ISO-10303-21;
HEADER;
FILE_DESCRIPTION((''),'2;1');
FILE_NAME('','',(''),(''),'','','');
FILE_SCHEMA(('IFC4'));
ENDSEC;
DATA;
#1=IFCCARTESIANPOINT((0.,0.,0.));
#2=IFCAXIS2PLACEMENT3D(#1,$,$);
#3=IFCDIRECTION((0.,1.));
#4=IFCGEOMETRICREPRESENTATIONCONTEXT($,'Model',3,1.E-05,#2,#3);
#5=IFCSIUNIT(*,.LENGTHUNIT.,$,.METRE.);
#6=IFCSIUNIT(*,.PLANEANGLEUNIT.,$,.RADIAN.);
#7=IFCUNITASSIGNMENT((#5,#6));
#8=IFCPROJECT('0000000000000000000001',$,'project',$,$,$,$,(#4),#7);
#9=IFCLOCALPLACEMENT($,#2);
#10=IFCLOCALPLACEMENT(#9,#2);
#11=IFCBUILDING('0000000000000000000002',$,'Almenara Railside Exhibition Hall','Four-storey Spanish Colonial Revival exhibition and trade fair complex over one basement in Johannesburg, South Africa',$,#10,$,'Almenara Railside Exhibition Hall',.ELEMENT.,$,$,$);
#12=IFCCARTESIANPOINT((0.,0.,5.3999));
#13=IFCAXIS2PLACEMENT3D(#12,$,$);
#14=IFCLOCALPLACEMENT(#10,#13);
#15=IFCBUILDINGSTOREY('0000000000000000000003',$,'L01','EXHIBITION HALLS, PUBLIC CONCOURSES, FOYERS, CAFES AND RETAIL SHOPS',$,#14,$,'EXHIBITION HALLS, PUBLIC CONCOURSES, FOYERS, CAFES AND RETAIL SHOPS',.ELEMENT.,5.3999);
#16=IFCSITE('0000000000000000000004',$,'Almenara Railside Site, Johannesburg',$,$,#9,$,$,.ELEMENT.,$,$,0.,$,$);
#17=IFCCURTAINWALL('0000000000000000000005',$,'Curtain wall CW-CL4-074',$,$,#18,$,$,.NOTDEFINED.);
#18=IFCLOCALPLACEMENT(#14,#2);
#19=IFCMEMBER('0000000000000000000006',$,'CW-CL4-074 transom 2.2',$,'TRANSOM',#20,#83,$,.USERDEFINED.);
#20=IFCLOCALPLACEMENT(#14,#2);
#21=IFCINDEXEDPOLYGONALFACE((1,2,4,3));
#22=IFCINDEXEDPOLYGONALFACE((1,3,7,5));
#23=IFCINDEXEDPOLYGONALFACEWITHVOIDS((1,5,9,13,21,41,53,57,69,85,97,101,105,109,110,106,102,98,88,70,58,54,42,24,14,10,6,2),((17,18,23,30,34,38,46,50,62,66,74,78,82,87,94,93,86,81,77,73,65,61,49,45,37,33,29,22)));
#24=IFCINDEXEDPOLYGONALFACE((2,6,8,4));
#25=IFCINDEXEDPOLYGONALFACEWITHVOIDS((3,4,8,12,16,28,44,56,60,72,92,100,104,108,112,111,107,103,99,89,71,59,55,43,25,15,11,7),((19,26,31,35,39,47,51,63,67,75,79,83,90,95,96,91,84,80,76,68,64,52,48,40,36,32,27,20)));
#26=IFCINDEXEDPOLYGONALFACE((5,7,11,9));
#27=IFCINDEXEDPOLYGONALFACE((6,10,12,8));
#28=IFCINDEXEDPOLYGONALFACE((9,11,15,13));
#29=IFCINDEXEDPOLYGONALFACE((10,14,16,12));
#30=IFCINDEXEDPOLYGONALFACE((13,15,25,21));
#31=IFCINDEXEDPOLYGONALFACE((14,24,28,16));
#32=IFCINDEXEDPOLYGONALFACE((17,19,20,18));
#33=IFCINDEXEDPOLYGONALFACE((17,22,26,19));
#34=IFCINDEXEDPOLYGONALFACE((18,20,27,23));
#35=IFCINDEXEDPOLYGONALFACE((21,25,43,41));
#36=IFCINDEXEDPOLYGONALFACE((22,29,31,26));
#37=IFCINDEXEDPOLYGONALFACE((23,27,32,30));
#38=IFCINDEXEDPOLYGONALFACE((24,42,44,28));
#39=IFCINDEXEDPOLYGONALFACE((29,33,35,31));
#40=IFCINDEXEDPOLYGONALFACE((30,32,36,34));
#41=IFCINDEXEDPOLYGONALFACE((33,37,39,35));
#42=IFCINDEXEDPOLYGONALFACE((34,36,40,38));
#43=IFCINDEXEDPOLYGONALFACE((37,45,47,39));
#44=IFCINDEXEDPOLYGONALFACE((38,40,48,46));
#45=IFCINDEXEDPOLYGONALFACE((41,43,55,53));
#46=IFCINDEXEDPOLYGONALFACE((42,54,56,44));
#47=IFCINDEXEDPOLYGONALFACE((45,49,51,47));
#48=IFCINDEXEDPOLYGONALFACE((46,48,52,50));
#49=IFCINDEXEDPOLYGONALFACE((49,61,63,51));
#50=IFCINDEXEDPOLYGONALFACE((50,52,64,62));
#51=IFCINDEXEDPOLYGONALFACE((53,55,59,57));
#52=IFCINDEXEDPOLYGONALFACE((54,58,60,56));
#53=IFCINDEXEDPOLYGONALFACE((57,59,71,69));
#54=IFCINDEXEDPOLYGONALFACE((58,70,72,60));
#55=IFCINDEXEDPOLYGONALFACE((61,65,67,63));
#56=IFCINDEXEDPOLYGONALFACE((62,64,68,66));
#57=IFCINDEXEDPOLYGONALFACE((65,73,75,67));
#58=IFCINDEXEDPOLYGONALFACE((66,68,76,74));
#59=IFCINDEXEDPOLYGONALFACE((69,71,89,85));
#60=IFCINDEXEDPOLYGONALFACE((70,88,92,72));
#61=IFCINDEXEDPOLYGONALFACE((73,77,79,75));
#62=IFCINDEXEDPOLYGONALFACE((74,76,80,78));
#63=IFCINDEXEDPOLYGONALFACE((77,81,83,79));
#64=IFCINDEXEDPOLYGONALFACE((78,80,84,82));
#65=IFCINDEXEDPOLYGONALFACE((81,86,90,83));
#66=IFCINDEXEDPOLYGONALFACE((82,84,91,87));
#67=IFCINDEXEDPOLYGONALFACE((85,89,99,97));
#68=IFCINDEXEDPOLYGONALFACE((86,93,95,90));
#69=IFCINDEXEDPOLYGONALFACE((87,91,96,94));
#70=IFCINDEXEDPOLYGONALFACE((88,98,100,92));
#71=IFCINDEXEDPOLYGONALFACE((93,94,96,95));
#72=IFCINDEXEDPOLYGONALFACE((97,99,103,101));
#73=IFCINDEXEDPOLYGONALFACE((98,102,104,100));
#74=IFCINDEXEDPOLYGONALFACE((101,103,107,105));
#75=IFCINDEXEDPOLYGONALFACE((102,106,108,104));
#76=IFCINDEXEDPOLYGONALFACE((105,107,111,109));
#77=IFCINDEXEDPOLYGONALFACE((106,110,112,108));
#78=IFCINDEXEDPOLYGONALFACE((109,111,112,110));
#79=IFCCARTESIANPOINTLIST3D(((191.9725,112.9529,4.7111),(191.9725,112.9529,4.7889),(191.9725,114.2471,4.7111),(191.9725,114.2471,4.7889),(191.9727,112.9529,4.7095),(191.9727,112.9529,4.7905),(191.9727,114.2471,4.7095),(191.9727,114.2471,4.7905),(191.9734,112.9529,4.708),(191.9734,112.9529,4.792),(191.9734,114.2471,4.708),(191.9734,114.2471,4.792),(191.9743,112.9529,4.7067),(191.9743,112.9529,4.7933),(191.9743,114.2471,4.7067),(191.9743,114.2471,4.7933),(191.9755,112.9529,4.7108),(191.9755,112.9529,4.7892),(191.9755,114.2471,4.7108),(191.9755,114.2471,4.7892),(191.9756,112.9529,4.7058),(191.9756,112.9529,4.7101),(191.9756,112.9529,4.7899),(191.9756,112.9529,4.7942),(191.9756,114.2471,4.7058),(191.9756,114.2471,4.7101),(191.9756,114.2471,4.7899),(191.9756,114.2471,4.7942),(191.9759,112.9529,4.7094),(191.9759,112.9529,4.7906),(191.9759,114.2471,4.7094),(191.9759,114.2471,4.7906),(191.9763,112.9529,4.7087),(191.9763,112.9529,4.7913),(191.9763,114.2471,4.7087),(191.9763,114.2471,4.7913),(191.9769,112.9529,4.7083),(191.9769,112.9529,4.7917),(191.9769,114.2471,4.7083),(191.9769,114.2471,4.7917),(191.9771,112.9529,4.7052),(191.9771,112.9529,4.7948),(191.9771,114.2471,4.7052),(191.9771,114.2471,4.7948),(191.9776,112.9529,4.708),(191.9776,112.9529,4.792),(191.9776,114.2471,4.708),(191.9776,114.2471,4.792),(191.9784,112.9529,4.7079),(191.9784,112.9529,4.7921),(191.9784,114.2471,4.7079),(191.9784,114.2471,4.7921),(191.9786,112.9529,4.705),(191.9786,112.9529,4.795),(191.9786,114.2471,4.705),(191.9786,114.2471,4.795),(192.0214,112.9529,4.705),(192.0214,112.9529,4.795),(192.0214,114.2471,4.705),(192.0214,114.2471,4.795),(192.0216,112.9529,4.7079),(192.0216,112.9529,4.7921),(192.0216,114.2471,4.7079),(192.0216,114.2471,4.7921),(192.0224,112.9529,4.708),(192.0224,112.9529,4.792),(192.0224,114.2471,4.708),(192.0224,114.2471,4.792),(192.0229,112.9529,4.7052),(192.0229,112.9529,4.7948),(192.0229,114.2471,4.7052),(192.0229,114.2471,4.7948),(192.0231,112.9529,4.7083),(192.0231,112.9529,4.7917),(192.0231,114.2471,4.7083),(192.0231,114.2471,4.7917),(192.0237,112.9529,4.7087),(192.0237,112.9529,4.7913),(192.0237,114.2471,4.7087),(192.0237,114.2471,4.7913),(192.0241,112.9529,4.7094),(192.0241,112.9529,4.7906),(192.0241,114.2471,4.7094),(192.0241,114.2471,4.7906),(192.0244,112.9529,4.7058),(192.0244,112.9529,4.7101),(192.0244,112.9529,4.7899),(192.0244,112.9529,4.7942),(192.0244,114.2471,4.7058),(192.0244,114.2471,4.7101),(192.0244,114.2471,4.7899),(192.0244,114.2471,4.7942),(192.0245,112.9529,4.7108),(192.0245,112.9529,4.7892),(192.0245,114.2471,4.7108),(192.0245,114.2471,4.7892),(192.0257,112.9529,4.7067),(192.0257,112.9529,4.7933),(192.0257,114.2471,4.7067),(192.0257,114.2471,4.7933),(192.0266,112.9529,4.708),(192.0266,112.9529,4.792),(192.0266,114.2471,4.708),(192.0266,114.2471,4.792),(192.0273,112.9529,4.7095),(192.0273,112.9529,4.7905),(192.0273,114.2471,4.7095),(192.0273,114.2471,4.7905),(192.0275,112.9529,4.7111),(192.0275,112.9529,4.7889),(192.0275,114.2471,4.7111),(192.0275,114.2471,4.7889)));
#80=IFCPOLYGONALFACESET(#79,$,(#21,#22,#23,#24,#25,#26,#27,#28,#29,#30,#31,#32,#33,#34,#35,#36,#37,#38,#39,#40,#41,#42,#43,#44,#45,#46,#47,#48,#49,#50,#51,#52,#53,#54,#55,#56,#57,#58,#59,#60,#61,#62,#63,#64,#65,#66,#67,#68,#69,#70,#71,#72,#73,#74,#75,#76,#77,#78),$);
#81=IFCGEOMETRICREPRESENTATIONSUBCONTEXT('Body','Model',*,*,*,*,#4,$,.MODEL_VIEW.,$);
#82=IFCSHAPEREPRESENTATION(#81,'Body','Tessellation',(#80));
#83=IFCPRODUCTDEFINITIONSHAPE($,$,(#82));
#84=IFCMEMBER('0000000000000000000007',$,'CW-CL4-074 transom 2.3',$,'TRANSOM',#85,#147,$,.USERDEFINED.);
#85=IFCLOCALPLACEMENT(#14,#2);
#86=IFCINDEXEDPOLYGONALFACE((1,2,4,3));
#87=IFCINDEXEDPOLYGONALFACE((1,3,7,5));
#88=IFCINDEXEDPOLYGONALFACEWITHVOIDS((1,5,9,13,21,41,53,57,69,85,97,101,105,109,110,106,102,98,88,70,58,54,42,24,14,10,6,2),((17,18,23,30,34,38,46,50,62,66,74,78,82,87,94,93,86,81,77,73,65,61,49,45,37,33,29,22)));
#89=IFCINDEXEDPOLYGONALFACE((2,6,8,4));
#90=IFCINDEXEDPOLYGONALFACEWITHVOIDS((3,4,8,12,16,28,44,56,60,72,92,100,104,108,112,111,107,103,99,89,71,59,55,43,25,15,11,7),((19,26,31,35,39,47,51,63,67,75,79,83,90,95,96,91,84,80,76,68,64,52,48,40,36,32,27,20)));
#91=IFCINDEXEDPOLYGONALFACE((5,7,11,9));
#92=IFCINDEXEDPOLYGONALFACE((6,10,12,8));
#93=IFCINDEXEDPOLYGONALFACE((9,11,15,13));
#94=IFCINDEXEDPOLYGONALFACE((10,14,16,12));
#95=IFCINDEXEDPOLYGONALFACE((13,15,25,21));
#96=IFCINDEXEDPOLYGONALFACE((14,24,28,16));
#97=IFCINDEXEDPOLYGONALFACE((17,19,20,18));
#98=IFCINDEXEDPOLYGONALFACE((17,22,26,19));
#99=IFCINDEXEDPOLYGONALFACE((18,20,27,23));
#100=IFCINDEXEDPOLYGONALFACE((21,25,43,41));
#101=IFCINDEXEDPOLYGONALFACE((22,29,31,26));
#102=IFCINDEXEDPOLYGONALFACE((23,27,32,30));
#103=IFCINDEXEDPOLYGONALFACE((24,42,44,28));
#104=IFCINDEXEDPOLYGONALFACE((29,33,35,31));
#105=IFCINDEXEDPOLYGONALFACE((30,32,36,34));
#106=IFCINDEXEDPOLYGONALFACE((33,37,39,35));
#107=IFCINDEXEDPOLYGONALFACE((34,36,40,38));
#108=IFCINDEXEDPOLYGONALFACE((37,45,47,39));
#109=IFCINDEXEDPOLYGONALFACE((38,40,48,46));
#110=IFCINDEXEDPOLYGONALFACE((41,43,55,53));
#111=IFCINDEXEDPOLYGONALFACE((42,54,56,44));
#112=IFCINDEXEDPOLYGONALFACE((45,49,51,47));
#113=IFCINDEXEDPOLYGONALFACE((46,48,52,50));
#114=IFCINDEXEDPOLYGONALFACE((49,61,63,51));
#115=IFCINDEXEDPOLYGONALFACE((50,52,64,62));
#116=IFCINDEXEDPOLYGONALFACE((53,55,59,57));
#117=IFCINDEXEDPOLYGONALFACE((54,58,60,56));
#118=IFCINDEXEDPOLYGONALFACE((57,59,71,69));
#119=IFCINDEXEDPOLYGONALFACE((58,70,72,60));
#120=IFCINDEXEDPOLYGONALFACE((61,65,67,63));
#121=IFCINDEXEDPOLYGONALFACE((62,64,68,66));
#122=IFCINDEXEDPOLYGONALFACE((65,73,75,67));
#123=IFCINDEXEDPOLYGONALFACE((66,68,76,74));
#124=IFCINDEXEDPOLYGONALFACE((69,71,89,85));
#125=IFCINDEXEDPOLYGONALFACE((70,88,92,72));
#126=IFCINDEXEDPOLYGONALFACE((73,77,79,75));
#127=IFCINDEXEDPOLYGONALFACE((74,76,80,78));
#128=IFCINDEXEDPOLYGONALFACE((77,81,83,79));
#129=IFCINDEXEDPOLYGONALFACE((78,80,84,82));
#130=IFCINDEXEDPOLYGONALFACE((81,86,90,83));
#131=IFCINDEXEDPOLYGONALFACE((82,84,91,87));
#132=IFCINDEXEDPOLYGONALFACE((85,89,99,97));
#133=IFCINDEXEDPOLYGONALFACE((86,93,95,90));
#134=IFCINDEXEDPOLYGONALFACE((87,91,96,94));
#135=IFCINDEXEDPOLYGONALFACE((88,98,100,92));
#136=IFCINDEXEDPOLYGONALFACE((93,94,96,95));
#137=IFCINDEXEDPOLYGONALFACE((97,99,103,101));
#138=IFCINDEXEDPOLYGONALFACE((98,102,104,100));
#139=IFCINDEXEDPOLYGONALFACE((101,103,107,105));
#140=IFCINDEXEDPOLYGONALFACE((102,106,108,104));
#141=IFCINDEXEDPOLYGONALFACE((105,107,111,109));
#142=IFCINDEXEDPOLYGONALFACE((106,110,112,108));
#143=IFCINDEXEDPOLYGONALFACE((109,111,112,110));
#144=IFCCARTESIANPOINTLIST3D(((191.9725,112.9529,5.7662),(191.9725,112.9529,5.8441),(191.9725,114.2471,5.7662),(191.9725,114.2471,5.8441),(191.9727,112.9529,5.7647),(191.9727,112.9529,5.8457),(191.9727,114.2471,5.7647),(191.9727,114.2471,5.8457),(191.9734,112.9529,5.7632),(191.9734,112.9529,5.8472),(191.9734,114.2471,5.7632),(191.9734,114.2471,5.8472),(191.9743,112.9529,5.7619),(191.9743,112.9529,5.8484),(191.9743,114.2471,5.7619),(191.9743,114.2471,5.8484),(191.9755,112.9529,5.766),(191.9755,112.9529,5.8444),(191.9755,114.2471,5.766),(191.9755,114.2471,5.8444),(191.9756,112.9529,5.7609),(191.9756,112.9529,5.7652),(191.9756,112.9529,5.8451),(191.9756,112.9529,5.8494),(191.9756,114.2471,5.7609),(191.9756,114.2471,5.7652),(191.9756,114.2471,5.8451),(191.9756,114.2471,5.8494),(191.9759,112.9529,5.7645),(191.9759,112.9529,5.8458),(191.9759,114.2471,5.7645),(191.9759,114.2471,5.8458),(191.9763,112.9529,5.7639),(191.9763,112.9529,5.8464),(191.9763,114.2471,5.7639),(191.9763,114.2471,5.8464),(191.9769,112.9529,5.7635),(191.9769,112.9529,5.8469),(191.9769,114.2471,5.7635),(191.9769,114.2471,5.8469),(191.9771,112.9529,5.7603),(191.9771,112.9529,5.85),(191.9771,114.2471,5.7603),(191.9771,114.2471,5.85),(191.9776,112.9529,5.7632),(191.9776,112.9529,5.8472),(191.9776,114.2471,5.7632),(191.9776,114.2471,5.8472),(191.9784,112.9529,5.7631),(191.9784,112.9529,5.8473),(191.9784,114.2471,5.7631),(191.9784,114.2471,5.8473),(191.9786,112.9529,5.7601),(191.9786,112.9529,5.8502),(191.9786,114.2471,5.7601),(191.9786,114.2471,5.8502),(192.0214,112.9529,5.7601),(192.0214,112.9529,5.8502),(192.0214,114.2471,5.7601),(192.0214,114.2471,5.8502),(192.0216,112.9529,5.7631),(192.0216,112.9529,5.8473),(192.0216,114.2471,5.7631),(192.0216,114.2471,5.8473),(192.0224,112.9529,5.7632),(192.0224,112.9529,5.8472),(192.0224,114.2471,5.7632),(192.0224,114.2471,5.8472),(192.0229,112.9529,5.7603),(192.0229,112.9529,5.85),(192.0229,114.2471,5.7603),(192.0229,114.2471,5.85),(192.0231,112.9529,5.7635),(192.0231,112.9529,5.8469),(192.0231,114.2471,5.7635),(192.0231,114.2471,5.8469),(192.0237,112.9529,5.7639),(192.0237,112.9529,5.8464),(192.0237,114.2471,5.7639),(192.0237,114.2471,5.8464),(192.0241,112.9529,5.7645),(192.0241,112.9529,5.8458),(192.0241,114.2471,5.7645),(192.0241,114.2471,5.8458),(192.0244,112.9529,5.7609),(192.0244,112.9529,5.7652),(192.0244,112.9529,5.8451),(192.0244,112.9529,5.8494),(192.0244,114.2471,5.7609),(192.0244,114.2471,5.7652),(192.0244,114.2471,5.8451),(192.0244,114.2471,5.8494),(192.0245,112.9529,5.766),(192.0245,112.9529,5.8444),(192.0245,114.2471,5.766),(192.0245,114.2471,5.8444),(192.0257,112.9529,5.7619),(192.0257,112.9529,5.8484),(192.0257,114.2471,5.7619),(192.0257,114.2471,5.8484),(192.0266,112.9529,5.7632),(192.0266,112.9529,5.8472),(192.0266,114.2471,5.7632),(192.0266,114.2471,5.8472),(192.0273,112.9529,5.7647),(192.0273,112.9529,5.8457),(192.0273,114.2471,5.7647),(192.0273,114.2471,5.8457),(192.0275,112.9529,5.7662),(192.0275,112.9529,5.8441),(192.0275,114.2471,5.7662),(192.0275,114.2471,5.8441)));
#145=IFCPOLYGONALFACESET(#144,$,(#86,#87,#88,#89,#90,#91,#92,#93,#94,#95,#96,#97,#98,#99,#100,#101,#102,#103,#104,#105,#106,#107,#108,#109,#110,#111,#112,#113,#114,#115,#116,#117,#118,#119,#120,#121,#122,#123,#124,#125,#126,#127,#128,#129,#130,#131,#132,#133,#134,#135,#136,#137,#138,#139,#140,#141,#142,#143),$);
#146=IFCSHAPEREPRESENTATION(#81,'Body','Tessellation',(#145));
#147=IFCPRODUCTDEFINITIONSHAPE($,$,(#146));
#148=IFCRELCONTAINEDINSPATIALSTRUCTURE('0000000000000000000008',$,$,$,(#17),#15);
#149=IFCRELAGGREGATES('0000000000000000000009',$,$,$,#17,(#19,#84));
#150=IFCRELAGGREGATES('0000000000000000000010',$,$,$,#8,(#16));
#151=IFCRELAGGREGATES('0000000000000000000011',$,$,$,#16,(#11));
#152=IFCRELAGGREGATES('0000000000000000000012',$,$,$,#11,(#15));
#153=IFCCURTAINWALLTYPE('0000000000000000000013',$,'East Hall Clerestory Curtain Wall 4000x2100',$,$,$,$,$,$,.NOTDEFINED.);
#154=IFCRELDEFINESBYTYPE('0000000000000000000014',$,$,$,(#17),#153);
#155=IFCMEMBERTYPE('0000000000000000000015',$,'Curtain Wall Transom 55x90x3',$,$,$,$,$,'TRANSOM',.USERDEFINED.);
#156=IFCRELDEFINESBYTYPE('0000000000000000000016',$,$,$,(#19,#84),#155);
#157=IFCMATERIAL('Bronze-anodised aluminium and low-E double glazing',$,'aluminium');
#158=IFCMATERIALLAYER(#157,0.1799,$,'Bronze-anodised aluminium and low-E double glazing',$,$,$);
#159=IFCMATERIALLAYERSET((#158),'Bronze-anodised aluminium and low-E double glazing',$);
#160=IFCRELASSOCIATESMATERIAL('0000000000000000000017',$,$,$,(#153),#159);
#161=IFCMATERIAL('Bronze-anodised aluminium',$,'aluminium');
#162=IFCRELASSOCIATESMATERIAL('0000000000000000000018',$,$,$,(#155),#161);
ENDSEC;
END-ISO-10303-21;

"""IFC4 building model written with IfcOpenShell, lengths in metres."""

from ifc_helpers import new_model, si_unit, direction, frame, origin, origin_2d, place, context, subcontext, project, spatial, hollow_rectangle, extrude, material, layer, layer_set, material_profile, profile_set, type_object, element, aggregate, save


model = new_model("IFC4")

# Units and contexts
model_context = context("Model", 3, precision=1e-05, world=origin(), true_north=direction((0.0, 1.0)))
body_context = subcontext(model_context, "Body", "Model", "MODEL_VIEW")
ifc_project = project(units=[si_unit("LENGTHUNIT", "METRE"), si_unit("PLANEANGLEUNIT", "RADIAN")], contexts=[model_context])

# Site, building, storey
site_placement = place(None, origin())
site = spatial("IfcSite", under=ifc_project, at=site_placement, Name="Almenara Railside Site, Johannesburg", CompositionType="ELEMENT", RefElevation=0.0)
building_placement = place(site_placement, origin())
building = spatial("IfcBuilding", under=site, at=building_placement, Name="Almenara Railside Exhibition Hall", Description="Four-storey Spanish Colonial Revival exhibition and trade fair complex over one basement in Johannesburg, South Africa", LongName="Almenara Railside Exhibition Hall", CompositionType="ELEMENT")
storey_placement = place(building_placement, frame((0.0, 0.0, 5.3999)))
storey = spatial("IfcBuildingStorey", under=building, at=storey_placement, Name="L01", Description="EXHIBITION HALLS, PUBLIC CONCOURSES, FOYERS, CAFES AND RETAIL SHOPS", LongName="EXHIBITION HALLS, PUBLIC CONCOURSES, FOYERS, CAFES AND RETAIL SHOPS", CompositionType="ELEMENT", Elevation=5.3999)

# Curtain wall
ifc_material_1 = material(Name="Bronze-anodised aluminium and low-E double glazing", Category="aluminium")
ifc_layer_1 = layer(ifc_material_1, 0.1799, Name="Bronze-anodised aluminium and low-E double glazing")
ifc_layer_set_1 = layer_set([ifc_layer_1], Name="Bronze-anodised aluminium and low-E double glazing")
curtain_wall_type = type_object("IfcCurtainWallType", Name="East Hall Clerestory Curtain Wall 4000x2100", PredefinedType="NOTDEFINED", material=ifc_layer_set_1)
curtain_wall_1_placement = place(storey_placement, origin())
curtain_wall_1 = element("IfcCurtainWall", 1, at=curtain_wall_1_placement, inside=storey, type_object=curtain_wall_type, Name="Curtain wall CW-CL4-074", PredefinedType="NOTDEFINED")
ifc_material_2 = material(Name="Bronze-anodised aluminium", Category="aluminium")

# Members
ifc_material_profile_1 = material_profile(ifc_material_2, hollow_rectangle(XDim=0.0549, YDim=0.0901, WallThickness=0.0029, InnerFilletRadius=0.0029, OuterFilletRadius=0.0061, at=origin_2d()), Name="ALU-TRN 55x90x3")
ifc_profile_set_1 = profile_set([ifc_material_profile_1], Name="Bronze-anodised aluminium")
member_type_1 = type_object("IfcMemberType", Name="Curtain Wall Transom 55x90x3", ElementType="TRANSOM", PredefinedType="USERDEFINED", material=ifc_profile_set_1)
member_1_placement = place(storey_placement, frame((192.0, 112.9529, 4.75), z_axis=(0.0, 1.0, 0.0), x_axis=(-1.0, 0.0, 0.0)))
member_1 = element("IfcMember", 2, at=member_1_placement, type_object=member_type_1, Name="CW-CL4-074 transom 2.2", ObjectType="TRANSOM", PredefinedType="USERDEFINED", context=body_context, shape_type="SweptSolid", body=[
    extrude(hollow_rectangle(XDim=0.0549, YDim=0.0901, WallThickness=0.0029, InnerFilletRadius=0.0029, OuterFilletRadius=0.0061, at=origin_2d()), origin(), (0.0, 0.0, 1.0), 1.2942),
])
member_2_placement = place(storey_placement, frame((192.0, 112.9529, 5.8052), z_axis=(0.0, 1.0, 0.0), x_axis=(-1.0, 0.0, 0.0)))
member_2 = element("IfcMember", 3, at=member_2_placement, type_object=member_type_1, Name="CW-CL4-074 transom 2.3", ObjectType="TRANSOM", PredefinedType="USERDEFINED", context=body_context, shape_type="SweptSolid", body=[
    extrude(hollow_rectangle(XDim=0.0549, YDim=0.0901, WallThickness=0.0029, InnerFilletRadius=0.0029, OuterFilletRadius=0.0061, at=origin_2d()), origin(), (0.0, 0.0, 1.0), 1.2942),
])

aggregate(curtain_wall_1, [member_1, member_2])

save(model, "model.ifc")
